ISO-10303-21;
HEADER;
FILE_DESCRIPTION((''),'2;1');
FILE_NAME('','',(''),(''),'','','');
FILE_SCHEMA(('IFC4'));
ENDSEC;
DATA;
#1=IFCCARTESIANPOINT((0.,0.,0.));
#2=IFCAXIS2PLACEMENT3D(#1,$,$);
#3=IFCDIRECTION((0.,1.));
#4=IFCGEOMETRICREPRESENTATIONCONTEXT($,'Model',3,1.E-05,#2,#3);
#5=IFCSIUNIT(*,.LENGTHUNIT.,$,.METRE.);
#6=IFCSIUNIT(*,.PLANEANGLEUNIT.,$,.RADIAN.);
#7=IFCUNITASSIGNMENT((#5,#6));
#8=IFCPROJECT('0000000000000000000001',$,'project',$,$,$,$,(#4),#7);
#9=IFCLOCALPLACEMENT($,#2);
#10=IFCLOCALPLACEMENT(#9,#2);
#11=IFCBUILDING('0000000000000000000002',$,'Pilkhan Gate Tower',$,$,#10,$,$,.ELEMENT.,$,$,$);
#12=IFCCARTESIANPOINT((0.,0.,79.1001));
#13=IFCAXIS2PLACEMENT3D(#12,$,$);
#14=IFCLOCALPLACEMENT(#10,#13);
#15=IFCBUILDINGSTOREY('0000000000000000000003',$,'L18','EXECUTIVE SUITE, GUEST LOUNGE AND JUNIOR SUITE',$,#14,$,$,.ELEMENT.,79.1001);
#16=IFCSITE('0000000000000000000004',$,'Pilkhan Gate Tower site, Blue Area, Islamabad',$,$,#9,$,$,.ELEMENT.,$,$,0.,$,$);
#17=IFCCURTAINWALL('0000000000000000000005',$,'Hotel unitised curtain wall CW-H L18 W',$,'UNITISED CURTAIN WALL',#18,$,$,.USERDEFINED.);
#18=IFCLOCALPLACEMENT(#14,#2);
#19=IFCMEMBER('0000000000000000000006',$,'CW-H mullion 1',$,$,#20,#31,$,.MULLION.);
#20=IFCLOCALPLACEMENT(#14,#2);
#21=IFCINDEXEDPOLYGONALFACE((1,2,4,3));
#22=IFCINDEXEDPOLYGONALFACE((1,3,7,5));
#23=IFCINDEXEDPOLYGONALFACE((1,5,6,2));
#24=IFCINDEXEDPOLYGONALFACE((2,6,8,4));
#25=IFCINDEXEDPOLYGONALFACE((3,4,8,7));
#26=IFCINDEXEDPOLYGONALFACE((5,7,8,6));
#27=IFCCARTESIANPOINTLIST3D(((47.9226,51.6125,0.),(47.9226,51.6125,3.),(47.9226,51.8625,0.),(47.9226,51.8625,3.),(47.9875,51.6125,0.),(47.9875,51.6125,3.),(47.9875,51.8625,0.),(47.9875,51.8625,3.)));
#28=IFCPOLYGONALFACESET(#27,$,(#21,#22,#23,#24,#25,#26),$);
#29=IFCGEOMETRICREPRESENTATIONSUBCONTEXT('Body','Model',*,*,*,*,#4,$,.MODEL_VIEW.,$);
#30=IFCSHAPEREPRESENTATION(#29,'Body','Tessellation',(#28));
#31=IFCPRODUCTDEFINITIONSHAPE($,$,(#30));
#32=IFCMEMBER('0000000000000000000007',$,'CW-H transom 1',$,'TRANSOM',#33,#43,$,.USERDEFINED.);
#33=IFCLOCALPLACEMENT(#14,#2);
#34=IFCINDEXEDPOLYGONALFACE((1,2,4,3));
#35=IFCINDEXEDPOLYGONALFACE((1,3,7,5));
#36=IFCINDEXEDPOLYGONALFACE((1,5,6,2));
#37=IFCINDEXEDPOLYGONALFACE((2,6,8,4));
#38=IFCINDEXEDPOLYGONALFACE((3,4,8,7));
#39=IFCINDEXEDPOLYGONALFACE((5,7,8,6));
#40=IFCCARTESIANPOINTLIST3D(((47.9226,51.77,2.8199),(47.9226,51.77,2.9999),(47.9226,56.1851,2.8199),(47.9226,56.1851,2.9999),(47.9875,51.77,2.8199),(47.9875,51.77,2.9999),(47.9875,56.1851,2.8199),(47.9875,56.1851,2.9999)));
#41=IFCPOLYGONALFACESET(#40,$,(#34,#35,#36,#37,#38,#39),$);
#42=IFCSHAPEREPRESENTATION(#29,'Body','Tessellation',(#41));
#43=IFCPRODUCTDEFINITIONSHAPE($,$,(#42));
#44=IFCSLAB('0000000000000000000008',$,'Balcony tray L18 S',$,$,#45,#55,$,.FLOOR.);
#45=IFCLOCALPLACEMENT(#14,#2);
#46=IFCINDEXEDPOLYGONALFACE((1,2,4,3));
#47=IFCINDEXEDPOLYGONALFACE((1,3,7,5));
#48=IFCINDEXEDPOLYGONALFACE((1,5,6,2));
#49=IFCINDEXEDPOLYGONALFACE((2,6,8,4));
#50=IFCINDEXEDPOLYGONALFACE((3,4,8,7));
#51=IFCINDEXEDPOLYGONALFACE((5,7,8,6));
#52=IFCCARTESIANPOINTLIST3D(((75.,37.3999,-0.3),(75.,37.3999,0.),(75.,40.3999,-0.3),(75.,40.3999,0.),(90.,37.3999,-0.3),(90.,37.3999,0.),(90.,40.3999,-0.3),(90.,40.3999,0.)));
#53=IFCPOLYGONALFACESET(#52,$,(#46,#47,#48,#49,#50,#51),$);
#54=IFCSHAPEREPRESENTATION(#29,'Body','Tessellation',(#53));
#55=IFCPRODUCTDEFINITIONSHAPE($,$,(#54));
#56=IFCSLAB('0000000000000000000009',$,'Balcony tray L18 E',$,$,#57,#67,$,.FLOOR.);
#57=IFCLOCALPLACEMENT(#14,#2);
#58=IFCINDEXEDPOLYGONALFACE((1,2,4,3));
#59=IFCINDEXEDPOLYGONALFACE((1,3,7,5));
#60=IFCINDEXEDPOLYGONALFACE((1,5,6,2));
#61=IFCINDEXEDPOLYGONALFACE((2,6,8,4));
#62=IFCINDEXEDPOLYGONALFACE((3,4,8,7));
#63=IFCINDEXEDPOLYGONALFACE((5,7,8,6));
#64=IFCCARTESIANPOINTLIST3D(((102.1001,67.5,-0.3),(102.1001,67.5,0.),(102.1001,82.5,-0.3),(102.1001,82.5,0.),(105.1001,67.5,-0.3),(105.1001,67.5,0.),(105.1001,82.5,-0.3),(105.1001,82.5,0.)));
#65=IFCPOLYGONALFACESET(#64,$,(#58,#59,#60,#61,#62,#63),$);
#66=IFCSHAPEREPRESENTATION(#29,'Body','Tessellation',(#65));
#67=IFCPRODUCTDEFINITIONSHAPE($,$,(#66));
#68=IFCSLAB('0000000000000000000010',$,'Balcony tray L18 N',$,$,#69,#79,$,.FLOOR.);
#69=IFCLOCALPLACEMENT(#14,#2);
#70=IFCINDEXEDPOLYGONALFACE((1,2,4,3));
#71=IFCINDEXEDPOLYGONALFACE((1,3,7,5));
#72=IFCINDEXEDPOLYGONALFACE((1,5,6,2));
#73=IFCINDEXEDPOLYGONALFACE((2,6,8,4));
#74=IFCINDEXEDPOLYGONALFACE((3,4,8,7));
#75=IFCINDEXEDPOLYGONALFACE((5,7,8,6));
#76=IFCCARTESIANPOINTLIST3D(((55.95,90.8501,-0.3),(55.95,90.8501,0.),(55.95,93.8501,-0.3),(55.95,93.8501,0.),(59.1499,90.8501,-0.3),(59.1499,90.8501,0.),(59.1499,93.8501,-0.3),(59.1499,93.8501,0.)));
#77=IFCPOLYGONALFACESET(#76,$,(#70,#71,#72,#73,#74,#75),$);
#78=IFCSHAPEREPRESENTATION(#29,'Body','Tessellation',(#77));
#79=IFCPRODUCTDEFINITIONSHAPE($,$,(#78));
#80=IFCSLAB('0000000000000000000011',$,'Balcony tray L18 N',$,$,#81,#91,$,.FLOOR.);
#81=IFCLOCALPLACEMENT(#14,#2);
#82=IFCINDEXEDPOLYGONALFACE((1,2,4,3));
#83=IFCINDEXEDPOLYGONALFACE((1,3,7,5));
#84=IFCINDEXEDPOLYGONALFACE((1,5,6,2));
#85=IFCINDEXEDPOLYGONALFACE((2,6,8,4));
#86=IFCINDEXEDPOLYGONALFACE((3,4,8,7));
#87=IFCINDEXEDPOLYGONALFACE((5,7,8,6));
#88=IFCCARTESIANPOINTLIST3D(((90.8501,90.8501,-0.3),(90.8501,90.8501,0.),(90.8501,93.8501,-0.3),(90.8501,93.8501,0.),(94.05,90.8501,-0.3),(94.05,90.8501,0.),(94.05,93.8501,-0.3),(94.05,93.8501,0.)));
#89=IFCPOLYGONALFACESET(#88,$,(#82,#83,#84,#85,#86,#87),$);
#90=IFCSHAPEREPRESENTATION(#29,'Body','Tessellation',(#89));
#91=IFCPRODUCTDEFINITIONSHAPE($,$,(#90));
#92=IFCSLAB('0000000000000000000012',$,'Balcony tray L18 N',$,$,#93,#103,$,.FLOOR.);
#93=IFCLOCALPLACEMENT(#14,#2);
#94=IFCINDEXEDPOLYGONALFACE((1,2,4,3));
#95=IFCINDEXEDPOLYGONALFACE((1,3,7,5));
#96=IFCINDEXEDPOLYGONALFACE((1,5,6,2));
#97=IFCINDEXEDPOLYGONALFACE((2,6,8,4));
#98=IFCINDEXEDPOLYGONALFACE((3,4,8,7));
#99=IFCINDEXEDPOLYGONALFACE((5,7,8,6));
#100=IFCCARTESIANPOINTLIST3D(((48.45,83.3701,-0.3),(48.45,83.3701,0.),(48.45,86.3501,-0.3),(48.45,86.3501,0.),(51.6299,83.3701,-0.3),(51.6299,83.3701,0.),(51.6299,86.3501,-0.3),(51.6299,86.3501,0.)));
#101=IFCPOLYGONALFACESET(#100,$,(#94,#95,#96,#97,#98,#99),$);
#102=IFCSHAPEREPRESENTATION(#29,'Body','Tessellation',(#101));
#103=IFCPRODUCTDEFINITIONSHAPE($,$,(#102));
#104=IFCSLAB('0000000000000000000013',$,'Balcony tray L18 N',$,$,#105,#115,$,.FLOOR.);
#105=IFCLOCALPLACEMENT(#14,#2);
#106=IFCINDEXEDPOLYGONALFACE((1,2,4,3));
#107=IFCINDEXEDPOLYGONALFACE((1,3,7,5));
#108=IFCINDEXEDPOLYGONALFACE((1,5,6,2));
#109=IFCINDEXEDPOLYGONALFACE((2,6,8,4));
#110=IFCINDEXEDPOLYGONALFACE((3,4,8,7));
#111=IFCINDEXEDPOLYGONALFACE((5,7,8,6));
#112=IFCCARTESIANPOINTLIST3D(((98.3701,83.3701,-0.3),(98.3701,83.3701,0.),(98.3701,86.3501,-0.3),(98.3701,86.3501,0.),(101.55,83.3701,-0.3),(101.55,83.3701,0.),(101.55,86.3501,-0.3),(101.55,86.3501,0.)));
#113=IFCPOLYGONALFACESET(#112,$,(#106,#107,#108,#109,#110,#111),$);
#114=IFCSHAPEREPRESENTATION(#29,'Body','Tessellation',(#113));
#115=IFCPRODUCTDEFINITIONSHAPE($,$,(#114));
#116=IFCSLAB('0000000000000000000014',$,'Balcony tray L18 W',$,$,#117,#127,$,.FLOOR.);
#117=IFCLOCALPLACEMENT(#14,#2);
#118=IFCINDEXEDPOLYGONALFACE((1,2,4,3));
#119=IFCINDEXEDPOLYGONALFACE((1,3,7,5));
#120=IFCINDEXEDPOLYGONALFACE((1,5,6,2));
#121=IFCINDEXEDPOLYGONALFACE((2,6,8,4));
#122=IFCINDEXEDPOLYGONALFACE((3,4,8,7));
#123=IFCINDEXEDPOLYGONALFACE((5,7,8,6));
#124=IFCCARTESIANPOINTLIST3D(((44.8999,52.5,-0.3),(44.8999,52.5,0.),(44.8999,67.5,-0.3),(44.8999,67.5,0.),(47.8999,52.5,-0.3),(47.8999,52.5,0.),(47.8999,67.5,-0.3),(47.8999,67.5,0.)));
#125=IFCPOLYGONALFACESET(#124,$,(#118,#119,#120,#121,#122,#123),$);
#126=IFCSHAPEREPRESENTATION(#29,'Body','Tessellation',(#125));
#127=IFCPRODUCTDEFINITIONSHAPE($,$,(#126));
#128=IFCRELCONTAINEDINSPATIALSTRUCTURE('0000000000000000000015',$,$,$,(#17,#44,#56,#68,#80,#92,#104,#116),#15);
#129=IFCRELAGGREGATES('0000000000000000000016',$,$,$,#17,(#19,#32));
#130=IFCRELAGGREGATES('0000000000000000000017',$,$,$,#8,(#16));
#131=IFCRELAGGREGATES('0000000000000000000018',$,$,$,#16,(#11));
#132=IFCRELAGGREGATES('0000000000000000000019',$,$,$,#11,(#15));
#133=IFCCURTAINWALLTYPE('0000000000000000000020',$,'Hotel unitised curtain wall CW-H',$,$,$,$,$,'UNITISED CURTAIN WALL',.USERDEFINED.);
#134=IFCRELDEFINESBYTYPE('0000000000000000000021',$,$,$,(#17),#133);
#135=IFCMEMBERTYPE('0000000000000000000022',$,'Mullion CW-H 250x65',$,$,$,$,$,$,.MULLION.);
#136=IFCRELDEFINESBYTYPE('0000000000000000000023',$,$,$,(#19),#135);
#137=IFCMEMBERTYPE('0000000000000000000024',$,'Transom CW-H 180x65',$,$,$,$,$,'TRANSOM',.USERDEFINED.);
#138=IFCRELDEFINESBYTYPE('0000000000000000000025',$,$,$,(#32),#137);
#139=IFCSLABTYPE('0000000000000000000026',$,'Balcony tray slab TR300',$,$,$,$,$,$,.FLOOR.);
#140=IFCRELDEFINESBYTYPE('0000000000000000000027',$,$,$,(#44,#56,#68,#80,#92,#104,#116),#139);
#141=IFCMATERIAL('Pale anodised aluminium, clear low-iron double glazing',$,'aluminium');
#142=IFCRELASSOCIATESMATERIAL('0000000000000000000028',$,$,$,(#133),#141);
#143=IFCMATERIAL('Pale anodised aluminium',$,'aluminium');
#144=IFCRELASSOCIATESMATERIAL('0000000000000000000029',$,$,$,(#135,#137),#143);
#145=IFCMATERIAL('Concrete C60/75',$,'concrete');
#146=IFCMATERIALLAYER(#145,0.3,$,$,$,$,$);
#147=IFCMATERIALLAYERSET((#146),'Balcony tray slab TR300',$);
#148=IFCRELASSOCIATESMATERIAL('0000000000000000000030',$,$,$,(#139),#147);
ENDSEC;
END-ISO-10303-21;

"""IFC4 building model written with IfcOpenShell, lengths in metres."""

from ifc_helpers import new_model, si_unit, direction, frame, origin, origin_2d, place, context, subcontext, project, spatial, polyline, rectangle, outline, extrude, material, layer, layer_set, material_profile, profile_set, type_object, element, aggregate, save


model = new_model("IFC4")

# Units and contexts
model_context = context("Model", 3, precision=1e-05, world=origin(), true_north=direction((0.0, 1.0)))
body_context = subcontext(model_context, "Body", "Model", "MODEL_VIEW")
ifc_project = project(units=[si_unit("LENGTHUNIT", "METRE"), si_unit("PLANEANGLEUNIT", "RADIAN")], contexts=[model_context])

# Site, building, storey
site_placement = place(None, origin())
site = spatial("IfcSite", under=ifc_project, at=site_placement, Name="Pilkhan Gate Tower site, Blue Area, Islamabad", CompositionType="ELEMENT", RefElevation=0.0)
building_placement = place(site_placement, origin())
building = spatial("IfcBuilding", under=site, at=building_placement, Name="Pilkhan Gate Tower", CompositionType="ELEMENT")
storey_placement = place(building_placement, frame((0.0, 0.0, 79.1001)))
storey = spatial("IfcBuildingStorey", under=building, at=storey_placement, Name="L18", Description="EXECUTIVE SUITE, GUEST LOUNGE AND JUNIOR SUITE", CompositionType="ELEMENT", Elevation=79.1001)

# Curtain wall, members
ifc_material_1 = material(Name="Pale anodised aluminium, clear low-iron double glazing", Category="aluminium")
curtain_wall_type = type_object("IfcCurtainWallType", Name="Hotel unitised curtain wall CW-H", ElementType="UNITISED CURTAIN WALL", PredefinedType="USERDEFINED", material=ifc_material_1)
curtain_wall_placement = place(storey_placement, origin())
curtain_wall = element("IfcCurtainWall", 1, at=curtain_wall_placement, inside=storey, type_object=curtain_wall_type, Name="Hotel unitised curtain wall CW-H L18 W", ObjectType="UNITISED CURTAIN WALL", PredefinedType="USERDEFINED")
ifc_material_2 = material(Name="Pale anodised aluminium", Category="aluminium")
ifc_material_profile_1 = material_profile(ifc_material_2, rectangle(XDim=0.0649, YDim=0.25, at=origin_2d()), Name="Mullion 250x65")
ifc_profile_set_1 = profile_set([ifc_material_profile_1], Name="Pale anodised aluminium")
member_type_1 = type_object("IfcMemberType", Name="Mullion CW-H 250x65", PredefinedType="MULLION", material=ifc_profile_set_1)
member_1_placement = place(storey_placement, frame((47.9551, 51.7375, 0.0), z_axis=(0.0, 0.0, 1.0), x_axis=(-1.0, 0.0, 0.0)))
member_1 = element("IfcMember", 2, at=member_1_placement, type_object=member_type_1, Name="CW-H mullion 1", PredefinedType="MULLION", context=body_context, shape_type="SweptSolid", body=[
    extrude(rectangle(XDim=0.0649, YDim=0.25, at=origin_2d()), origin(), (0.0, 0.0, 1.0), 3.0),
])
ifc_material_profile_2 = material_profile(ifc_material_2, rectangle(XDim=0.0649, YDim=0.1799, at=origin_2d()), Name="Transom 180x65")
ifc_profile_set_2 = profile_set([ifc_material_profile_2], Name="Pale anodised aluminium")
member_type_2 = type_object("IfcMemberType", Name="Transom CW-H 180x65", ElementType="TRANSOM", PredefinedType="USERDEFINED", material=ifc_profile_set_2)
member_2_placement = place(storey_placement, frame((47.9551, 51.77, 2.9099), z_axis=(0.0, 1.0, 0.0), x_axis=(-1.0, 0.0, 0.0)))
member_2 = element("IfcMember", 3, at=member_2_placement, type_object=member_type_2, Name="CW-H transom 1", ObjectType="TRANSOM", PredefinedType="USERDEFINED", context=body_context, shape_type="SweptSolid", body=[
    extrude(rectangle(XDim=0.0649, YDim=0.1799, at=origin_2d()), origin(), (0.0, 0.0, 1.0), 4.415),
])
aggregate(curtain_wall, [member_1, member_2])

# Slabs
ifc_material_3 = material(Name="Concrete C60/75", Category="concrete")
ifc_layer_1 = layer(ifc_material_3, 0.3)
ifc_layer_set_1 = layer_set([ifc_layer_1], Name="Balcony tray slab TR300")
slab_type_1 = type_object("IfcSlabType", Name="Balcony tray slab TR300", PredefinedType="FLOOR", material=ifc_layer_set_1)
slab_1_placement = place(storey_placement, frame((0.0, 0.0, -0.3)))
element("IfcSlab", 4, at=slab_1_placement, inside=storey, type_object=slab_type_1, Name="Balcony tray L18 S", PredefinedType="FLOOR", context=body_context, shape_type="SweptSolid", body=[
    extrude(outline(polyline([(90.0, 37.3999), (90.0, 40.3999), (75.0, 40.3999), (75.0, 37.3999), (90.0, 37.3999)])), origin(), (0.0, 0.0, 1.0), 0.3),
])
slab_2_placement = place(storey_placement, frame((0.0, 0.0, -0.3)))
element("IfcSlab", 5, at=slab_2_placement, inside=storey, type_object=slab_type_1, Name="Balcony tray L18 E", PredefinedType="FLOOR", context=body_context, shape_type="SweptSolid", body=[
    extrude(outline(polyline([(105.1001, 67.5), (105.1001, 82.5), (102.1001, 82.5), (102.1001, 67.5), (105.1001, 67.5)])), origin(), (0.0, 0.0, 1.0), 0.3),
])
slab_3_placement = place(storey_placement, frame((0.0, 0.0, -0.3)))
element("IfcSlab", 6, at=slab_3_placement, inside=storey, type_object=slab_type_1, Name="Balcony tray L18 N", PredefinedType="FLOOR", context=body_context, shape_type="SweptSolid", body=[
    extrude(outline(polyline([(59.1499, 90.8501), (59.1499, 93.8501), (55.95, 93.8501), (55.95, 90.8501), (59.1499, 90.8501)])), origin(), (0.0, 0.0, 1.0), 0.3),
])
slab_4_placement = place(storey_placement, frame((0.0, 0.0, -0.3)))
element("IfcSlab", 7, at=slab_4_placement, inside=storey, type_object=slab_type_1, Name="Balcony tray L18 N", PredefinedType="FLOOR", context=body_context, shape_type="SweptSolid", body=[
    extrude(outline(polyline([(94.05, 90.8501), (94.05, 93.8501), (90.8501, 93.8501), (90.8501, 90.8501), (94.05, 90.8501)])), origin(), (0.0, 0.0, 1.0), 0.3),
])
slab_5_placement = place(storey_placement, frame((0.0, 0.0, -0.3)))
element("IfcSlab", 8, at=slab_5_placement, inside=storey, type_object=slab_type_1, Name="Balcony tray L18 N", PredefinedType="FLOOR", context=body_context, shape_type="SweptSolid", body=[
    extrude(outline(polyline([(51.6299, 83.3701), (51.6299, 86.3501), (48.45, 86.3501), (48.45, 83.3701), (51.6299, 83.3701)])), origin(), (0.0, 0.0, 1.0), 0.3),
])
slab_6_placement = place(storey_placement, frame((0.0, 0.0, -0.3)))
element("IfcSlab", 9, at=slab_6_placement, inside=storey, type_object=slab_type_1, Name="Balcony tray L18 N", PredefinedType="FLOOR", context=body_context, shape_type="SweptSolid", body=[
    extrude(outline(polyline([(101.55, 83.3701), (101.55, 86.3501), (98.3701, 86.3501), (98.3701, 83.3701), (101.55, 83.3701)])), origin(), (0.0, 0.0, 1.0), 0.3),
])
slab_7_placement = place(storey_placement, frame((0.0, 0.0, -0.3)))
element("IfcSlab", 10, at=slab_7_placement, inside=storey, type_object=slab_type_1, Name="Balcony tray L18 W", PredefinedType="FLOOR", context=body_context, shape_type="SweptSolid", body=[
    extrude(outline(polyline([(47.8999, 52.5), (47.8999, 67.5), (44.8999, 67.5), (44.8999, 52.5), (47.8999, 52.5)])), origin(), (0.0, 0.0, 1.0), 0.3),
])

save(model, "model.ifc")
